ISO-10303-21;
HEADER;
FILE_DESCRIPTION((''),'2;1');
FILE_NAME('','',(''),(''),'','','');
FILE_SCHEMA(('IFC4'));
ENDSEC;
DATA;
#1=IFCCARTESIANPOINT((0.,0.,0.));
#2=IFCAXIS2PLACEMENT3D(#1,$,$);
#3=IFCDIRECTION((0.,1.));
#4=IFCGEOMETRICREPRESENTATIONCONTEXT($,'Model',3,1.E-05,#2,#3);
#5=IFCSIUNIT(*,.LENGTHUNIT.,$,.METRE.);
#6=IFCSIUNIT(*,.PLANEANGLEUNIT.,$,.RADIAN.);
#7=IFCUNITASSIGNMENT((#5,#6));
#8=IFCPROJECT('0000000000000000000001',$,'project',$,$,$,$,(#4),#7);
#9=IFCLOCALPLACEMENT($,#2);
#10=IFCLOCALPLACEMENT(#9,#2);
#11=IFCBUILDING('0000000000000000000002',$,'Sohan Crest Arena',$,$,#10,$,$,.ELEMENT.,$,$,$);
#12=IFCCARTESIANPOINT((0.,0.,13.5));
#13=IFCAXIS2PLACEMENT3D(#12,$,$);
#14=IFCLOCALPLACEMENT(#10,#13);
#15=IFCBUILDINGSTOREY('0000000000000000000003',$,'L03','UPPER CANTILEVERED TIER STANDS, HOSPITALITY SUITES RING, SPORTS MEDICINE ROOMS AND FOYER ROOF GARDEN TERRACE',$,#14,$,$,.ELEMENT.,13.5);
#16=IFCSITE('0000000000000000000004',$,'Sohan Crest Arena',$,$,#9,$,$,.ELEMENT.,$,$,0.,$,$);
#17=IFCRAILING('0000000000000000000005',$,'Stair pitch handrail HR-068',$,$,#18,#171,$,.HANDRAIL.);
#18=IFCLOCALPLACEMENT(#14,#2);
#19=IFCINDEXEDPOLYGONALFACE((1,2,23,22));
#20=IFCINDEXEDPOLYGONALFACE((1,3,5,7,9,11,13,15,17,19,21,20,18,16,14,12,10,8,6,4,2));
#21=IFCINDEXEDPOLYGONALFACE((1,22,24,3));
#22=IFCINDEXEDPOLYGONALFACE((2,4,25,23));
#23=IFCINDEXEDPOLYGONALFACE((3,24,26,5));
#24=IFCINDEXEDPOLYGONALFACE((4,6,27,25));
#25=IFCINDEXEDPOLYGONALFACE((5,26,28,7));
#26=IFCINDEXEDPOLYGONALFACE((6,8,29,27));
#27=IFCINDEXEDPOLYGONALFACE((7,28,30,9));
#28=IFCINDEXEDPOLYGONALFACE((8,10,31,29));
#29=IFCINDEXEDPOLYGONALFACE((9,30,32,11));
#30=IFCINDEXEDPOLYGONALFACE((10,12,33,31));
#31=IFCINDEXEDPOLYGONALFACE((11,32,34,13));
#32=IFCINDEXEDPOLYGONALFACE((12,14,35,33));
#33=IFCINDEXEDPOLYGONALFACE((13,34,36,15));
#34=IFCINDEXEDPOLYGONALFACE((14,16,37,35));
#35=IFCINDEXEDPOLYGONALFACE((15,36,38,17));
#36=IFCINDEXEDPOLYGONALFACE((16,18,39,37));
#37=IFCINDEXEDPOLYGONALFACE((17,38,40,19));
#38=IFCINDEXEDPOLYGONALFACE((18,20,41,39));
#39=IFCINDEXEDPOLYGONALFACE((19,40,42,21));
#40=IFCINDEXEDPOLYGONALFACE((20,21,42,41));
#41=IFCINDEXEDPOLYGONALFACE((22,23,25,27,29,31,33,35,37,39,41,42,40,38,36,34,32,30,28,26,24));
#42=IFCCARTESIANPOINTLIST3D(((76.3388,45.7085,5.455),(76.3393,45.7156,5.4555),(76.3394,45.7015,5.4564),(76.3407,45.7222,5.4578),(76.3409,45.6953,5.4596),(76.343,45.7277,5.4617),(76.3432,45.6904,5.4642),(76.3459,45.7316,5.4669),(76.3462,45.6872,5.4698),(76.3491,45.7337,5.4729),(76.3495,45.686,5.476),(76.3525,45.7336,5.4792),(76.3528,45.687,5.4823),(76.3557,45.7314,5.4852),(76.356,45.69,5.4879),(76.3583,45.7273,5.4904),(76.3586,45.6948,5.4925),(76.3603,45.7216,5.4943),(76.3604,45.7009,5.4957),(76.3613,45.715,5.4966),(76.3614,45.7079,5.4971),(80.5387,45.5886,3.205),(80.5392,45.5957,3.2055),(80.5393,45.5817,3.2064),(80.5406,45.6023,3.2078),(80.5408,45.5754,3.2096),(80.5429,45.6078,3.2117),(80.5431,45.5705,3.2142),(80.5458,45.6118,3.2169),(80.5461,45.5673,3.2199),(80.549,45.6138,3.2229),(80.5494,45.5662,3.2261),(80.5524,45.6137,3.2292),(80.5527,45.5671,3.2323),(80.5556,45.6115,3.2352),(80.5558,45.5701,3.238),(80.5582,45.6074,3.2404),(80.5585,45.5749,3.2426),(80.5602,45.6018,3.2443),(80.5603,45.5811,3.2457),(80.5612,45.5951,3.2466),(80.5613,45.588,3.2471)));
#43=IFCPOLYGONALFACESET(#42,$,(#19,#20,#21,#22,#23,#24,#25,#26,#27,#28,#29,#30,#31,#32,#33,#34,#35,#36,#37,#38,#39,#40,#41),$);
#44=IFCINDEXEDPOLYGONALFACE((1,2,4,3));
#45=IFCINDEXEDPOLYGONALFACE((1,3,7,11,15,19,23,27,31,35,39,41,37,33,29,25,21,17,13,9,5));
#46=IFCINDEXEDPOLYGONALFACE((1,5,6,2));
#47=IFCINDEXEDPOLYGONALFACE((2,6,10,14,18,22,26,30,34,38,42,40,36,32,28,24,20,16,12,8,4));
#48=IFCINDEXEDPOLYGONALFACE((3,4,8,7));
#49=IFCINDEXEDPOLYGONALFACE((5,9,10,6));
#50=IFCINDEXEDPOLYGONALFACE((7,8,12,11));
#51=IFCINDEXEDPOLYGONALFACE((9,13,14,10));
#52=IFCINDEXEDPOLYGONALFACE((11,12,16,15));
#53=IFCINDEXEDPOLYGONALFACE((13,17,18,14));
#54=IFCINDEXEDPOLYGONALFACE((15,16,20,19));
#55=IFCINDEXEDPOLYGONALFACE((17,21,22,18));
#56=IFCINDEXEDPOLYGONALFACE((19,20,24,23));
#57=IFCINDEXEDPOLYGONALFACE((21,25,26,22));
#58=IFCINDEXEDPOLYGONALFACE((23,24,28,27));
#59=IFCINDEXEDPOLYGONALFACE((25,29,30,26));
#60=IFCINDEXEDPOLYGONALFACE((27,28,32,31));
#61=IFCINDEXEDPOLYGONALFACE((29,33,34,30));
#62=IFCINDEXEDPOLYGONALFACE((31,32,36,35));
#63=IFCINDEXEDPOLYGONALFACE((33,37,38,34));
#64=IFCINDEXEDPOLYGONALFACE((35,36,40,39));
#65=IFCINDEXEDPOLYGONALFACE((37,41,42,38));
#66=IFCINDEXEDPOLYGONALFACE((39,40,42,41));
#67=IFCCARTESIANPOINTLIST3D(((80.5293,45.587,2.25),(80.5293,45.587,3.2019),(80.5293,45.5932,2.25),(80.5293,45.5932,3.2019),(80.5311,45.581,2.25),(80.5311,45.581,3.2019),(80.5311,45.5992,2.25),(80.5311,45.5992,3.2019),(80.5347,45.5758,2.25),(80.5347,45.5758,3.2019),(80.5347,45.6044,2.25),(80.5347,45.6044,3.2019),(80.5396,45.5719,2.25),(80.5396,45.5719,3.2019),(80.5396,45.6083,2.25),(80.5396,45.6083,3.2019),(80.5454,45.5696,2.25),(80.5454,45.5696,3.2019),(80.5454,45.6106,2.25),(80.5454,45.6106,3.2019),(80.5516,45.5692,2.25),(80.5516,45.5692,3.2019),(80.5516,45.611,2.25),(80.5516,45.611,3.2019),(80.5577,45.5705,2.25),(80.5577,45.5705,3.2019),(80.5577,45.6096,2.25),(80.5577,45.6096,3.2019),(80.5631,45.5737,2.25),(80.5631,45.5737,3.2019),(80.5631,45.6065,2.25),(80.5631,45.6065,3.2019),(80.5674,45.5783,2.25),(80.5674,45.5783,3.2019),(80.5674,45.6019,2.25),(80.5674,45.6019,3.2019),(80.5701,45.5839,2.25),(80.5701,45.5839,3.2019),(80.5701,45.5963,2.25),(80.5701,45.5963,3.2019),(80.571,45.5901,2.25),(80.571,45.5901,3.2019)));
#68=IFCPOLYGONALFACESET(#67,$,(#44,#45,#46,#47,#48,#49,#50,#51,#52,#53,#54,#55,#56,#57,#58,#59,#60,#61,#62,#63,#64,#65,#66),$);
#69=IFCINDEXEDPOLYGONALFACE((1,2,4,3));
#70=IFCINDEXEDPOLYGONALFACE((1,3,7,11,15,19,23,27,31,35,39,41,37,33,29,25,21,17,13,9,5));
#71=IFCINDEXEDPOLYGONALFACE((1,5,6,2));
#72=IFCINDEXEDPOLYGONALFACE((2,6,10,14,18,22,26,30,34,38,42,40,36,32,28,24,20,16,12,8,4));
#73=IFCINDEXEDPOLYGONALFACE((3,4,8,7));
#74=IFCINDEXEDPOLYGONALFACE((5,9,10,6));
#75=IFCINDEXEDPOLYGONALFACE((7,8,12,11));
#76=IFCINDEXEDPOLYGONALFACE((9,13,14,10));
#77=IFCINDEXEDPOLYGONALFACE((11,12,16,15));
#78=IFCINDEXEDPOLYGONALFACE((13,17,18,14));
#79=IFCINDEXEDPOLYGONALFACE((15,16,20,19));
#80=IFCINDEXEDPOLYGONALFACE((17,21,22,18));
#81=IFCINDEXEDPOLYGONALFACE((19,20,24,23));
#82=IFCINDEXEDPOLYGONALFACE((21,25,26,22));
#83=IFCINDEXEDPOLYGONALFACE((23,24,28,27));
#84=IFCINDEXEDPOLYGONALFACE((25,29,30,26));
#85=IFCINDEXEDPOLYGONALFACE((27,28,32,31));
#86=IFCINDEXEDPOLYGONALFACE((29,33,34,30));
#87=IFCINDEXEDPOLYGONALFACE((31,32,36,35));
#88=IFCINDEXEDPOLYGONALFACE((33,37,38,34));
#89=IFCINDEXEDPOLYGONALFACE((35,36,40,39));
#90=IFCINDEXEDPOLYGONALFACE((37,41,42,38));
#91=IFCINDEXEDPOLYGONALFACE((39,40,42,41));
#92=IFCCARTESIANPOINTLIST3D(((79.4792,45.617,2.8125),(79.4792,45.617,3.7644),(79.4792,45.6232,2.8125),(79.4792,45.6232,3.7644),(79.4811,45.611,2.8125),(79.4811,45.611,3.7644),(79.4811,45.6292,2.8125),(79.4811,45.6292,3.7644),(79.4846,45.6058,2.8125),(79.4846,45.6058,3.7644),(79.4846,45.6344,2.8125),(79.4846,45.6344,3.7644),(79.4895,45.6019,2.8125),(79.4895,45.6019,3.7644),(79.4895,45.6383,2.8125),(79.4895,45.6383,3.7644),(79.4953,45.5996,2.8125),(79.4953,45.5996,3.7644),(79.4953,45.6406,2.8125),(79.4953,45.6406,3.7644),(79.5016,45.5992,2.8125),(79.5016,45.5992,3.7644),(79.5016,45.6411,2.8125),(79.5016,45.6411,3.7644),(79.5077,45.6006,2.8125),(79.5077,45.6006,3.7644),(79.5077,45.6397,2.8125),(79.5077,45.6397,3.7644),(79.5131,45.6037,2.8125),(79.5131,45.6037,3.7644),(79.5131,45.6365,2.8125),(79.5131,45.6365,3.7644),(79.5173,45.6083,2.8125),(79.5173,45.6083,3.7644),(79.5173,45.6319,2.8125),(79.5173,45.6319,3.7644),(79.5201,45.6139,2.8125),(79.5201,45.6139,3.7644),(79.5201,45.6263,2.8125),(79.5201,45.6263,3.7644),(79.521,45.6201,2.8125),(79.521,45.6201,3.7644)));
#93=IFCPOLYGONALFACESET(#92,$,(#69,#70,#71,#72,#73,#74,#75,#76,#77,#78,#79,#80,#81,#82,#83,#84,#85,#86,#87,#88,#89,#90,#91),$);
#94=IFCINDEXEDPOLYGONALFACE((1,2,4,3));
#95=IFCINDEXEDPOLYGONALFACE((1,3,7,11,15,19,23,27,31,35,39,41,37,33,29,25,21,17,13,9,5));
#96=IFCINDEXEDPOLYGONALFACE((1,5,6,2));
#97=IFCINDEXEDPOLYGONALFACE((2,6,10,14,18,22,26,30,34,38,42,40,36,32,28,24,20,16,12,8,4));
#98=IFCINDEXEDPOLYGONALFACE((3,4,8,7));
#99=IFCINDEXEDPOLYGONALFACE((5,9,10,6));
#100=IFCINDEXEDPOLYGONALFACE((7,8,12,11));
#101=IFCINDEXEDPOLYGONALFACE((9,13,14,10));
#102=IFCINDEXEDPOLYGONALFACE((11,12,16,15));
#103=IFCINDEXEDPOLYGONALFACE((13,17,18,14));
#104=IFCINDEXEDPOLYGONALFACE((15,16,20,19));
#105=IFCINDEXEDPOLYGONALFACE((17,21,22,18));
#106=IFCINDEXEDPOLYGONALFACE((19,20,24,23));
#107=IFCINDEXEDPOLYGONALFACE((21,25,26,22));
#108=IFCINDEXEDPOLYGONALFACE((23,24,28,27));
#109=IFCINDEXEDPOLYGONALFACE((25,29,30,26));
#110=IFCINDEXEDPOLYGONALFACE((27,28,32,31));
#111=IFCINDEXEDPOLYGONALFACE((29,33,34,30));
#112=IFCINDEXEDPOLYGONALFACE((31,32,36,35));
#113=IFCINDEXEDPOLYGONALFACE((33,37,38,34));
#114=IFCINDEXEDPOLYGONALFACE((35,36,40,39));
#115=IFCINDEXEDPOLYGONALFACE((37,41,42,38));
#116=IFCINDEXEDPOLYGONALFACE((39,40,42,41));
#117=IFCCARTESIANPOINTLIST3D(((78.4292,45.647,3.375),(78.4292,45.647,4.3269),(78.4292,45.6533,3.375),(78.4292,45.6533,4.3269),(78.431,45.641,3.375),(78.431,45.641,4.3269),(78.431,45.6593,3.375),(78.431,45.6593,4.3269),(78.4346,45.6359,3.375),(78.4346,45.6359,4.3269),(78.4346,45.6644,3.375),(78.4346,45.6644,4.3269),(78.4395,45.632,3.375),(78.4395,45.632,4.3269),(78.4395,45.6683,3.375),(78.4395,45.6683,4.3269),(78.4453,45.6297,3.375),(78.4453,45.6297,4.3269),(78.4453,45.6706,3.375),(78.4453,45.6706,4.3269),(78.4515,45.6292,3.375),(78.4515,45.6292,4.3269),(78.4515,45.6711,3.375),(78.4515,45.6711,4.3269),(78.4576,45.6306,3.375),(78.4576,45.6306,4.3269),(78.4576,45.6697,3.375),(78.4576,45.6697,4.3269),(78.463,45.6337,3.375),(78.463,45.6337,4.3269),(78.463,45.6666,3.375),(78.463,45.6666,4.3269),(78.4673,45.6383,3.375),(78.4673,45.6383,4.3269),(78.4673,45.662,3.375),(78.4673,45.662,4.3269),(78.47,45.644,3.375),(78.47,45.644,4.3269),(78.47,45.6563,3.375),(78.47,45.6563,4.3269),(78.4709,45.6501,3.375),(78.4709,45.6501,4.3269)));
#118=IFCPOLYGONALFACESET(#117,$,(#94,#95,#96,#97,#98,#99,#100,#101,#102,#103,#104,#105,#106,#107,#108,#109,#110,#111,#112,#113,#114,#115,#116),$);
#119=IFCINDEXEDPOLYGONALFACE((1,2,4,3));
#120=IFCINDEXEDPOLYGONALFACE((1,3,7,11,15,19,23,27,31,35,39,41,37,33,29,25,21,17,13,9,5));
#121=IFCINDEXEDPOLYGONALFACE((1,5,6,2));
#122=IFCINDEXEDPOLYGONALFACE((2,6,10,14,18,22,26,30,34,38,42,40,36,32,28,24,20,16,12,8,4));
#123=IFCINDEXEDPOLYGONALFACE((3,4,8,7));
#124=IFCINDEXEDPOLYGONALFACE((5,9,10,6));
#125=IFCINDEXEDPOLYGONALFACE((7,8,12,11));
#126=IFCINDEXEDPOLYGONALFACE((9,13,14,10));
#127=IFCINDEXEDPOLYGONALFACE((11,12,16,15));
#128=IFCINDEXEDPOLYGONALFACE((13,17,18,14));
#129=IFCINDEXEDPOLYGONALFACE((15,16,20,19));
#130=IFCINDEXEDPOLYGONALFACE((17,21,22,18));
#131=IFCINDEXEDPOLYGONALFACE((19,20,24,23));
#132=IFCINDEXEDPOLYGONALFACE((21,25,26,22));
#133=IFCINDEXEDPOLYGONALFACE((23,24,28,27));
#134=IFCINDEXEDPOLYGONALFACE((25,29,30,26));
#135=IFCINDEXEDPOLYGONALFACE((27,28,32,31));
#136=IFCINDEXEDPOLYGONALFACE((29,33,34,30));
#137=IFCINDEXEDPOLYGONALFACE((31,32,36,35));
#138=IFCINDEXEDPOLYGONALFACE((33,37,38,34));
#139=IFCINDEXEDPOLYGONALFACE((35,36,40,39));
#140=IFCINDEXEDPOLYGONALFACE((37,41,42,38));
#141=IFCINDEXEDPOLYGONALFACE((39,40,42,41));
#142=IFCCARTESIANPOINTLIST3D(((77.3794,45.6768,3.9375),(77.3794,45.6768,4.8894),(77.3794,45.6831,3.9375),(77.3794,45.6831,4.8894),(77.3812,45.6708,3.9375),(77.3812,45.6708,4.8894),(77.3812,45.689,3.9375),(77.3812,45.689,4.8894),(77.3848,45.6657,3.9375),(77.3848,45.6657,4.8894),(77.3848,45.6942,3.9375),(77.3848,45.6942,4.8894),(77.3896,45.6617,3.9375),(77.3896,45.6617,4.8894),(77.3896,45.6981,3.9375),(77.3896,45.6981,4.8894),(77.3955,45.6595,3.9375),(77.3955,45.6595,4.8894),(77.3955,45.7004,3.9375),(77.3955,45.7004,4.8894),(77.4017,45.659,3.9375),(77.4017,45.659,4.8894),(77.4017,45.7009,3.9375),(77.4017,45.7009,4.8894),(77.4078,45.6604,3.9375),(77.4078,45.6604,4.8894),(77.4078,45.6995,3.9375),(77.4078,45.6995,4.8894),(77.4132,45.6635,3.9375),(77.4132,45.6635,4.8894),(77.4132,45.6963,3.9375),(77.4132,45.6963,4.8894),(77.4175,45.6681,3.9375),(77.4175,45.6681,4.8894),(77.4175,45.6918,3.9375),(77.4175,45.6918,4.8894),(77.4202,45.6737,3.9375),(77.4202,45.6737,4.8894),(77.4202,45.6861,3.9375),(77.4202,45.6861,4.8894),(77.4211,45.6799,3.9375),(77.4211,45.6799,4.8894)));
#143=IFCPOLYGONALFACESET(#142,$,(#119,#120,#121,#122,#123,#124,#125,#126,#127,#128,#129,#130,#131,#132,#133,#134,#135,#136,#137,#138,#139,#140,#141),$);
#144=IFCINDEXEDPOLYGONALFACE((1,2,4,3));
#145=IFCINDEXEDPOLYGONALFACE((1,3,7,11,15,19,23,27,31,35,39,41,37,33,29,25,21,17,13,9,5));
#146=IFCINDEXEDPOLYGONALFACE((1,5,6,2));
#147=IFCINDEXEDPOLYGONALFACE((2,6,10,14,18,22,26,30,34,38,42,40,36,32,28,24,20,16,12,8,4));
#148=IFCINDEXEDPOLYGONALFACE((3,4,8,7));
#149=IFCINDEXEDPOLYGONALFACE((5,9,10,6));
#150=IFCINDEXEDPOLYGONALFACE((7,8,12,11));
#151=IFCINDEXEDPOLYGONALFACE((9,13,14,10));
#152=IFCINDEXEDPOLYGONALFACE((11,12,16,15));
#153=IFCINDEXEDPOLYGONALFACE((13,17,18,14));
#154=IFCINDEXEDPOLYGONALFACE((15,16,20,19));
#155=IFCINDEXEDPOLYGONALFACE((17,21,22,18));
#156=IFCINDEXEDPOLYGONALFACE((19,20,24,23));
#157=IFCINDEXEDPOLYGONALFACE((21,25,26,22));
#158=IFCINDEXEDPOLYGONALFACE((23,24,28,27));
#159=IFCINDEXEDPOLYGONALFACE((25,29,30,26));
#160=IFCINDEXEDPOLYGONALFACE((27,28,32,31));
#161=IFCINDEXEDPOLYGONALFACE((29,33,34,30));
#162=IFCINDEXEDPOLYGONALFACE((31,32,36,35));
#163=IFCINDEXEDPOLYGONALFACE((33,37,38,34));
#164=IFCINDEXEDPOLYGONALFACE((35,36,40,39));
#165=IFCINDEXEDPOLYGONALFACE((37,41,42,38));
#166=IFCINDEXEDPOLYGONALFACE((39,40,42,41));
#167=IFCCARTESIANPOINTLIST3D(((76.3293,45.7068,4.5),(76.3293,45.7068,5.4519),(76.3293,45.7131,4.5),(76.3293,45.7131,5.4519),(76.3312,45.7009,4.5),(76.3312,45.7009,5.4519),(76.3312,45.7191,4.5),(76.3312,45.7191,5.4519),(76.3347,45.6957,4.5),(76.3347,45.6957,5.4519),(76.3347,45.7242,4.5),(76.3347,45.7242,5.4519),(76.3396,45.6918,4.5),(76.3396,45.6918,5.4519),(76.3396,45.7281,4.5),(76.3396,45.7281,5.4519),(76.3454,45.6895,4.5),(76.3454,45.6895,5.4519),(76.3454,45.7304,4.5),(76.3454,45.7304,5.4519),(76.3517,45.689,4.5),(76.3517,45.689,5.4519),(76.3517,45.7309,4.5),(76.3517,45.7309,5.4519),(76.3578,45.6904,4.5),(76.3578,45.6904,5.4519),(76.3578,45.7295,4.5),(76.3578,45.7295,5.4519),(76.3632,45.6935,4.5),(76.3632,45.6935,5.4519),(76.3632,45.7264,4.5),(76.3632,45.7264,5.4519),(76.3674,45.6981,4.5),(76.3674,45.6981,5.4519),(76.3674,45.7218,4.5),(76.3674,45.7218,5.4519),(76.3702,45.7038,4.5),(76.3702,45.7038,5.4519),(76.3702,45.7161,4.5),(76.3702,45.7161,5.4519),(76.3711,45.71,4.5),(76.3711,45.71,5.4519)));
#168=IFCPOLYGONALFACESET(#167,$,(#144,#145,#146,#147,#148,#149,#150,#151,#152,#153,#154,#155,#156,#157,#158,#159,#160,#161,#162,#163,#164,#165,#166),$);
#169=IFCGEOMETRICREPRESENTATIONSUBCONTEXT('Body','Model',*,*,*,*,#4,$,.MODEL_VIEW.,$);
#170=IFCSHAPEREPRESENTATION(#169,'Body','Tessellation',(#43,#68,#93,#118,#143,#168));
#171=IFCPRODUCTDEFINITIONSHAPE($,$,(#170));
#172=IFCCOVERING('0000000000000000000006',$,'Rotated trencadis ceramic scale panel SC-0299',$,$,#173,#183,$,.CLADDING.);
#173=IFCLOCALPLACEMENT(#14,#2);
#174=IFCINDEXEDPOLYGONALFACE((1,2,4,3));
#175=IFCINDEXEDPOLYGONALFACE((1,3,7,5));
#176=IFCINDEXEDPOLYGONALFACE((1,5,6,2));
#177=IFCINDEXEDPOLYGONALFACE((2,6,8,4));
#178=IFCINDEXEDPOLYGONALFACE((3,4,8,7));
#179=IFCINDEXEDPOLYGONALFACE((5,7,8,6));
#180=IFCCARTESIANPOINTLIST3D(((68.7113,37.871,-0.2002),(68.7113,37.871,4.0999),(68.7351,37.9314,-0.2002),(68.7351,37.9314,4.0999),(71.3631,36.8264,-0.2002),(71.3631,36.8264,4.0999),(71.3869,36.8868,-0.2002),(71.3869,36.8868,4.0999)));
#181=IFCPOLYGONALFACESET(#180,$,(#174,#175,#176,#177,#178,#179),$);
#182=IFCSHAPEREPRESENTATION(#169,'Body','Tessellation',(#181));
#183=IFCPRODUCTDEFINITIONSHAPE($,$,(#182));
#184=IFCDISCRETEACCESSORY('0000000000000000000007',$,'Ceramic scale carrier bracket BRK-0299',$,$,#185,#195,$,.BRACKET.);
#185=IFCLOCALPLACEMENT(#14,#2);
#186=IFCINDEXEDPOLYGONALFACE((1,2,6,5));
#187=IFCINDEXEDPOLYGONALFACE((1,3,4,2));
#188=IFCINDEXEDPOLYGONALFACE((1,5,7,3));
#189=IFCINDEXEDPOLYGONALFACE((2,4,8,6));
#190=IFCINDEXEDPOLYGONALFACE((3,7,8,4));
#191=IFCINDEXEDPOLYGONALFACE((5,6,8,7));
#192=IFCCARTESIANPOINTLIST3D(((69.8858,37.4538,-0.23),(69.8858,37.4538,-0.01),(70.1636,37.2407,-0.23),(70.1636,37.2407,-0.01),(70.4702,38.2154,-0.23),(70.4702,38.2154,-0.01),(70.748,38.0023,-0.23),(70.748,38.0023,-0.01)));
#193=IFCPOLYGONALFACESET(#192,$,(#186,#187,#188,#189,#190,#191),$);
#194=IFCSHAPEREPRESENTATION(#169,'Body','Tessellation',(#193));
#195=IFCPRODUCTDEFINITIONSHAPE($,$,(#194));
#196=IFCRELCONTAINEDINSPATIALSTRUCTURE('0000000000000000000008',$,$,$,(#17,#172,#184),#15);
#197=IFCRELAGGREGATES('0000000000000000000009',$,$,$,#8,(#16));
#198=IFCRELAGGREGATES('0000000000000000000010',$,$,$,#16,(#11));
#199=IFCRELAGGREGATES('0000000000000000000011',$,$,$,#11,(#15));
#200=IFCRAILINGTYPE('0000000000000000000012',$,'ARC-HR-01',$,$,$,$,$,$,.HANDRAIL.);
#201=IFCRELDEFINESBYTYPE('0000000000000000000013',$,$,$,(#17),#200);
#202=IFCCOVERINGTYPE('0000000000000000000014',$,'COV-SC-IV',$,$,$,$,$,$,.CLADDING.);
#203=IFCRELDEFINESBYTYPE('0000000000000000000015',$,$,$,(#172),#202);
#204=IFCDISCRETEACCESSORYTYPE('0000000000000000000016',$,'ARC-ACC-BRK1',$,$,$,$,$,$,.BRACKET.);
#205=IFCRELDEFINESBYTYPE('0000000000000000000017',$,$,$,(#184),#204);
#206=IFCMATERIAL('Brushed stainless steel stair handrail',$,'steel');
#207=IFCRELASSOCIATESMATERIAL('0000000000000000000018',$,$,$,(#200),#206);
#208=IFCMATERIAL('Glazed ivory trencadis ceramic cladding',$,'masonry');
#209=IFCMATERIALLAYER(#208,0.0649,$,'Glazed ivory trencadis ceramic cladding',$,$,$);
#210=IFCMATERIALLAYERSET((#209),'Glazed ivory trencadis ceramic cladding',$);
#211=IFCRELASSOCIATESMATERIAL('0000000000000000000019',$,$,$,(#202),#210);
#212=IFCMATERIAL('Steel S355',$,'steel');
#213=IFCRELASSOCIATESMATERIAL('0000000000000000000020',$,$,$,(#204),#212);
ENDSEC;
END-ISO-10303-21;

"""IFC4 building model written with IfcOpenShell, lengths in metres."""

from ifc_helpers import new_model, si_unit, direction, frame, origin, origin_2d, place, context, subcontext, project, spatial, rectangle, circle, extrude, material, layer, layer_set, type_object, element, save


model = new_model("IFC4")

# Units and contexts
model_context = context("Model", 3, precision=1e-05, world=origin(), true_north=direction((0.0, 1.0)))
body_context = subcontext(model_context, "Body", "Model", "MODEL_VIEW")
ifc_project = project(units=[si_unit("LENGTHUNIT", "METRE"), si_unit("PLANEANGLEUNIT", "RADIAN")], contexts=[model_context])

# Site, building, storey
site_placement = place(None, origin())
site = spatial("IfcSite", under=ifc_project, at=site_placement, Name="Sohan Crest Arena", CompositionType="ELEMENT", RefElevation=0.0)
building_placement = place(site_placement, origin())
building = spatial("IfcBuilding", under=site, at=building_placement, Name="Sohan Crest Arena", CompositionType="ELEMENT")
storey_placement = place(building_placement, frame((0.0, 0.0, 13.5)))
storey = spatial("IfcBuildingStorey", under=building, at=storey_placement, Name="L03", Description="UPPER CANTILEVERED TIER STANDS, HOSPITALITY SUITES RING, SPORTS MEDICINE ROOMS AND FOYER ROOF GARDEN TERRACE", CompositionType="ELEMENT", Elevation=13.5)

# Shared definitions
ifc_material_1 = material(Name="Steel S355", Category="steel")

# Railing
ifc_material_2 = material(Name="Brushed stainless steel stair handrail", Category="steel")
railing_type_1 = type_object("IfcRailingType", Name="ARC-HR-01", PredefinedType="HANDRAIL", material=ifc_material_2)
railing_1_placement = place(storey_placement, frame((80.55, 45.5901, 2.25)))
element("IfcRailing", 1, at=railing_1_placement, inside=storey, type_object=railing_type_1, Name="Stair pitch handrail HR-068", PredefinedType="HANDRAIL", context=body_context, shape_type="SweptSolid", body=[
    extrude(circle(Radius=0.0239, at=origin_2d()), frame((0.0, 0.0, 0.9761), z_axis=(-0.881199, 0.025151, 0.472076), x_axis=(-0.02853, -0.999593, 0.0)), (0.0, 0.0, 1.0), 4.7661),
    extrude(circle(Radius=0.021, at=origin_2d()), origin(), (0.0, 0.0, 1.0), 0.9519),
    extrude(circle(Radius=0.021, at=origin_2d()), frame((-1.05, 0.03, 0.5625)), (0.0, 0.0, 1.0), 0.9519),
    extrude(circle(Radius=0.021, at=origin_2d()), frame((-2.1001, 0.0601, 1.125)), (0.0, 0.0, 1.0), 0.9519),
    extrude(circle(Radius=0.021, at=origin_2d()), frame((-3.1499, 0.0898, 1.6875)), (0.0, 0.0, 1.0), 0.9519),
    extrude(circle(Radius=0.021, at=origin_2d()), frame((-4.2, 0.1199, 2.25)), (0.0, 0.0, 1.0), 0.9519),
])

# Covering
ifc_material_3 = material(Name="Glazed ivory trencadis ceramic cladding", Category="masonry")
ifc_layer_1 = layer(ifc_material_3, 0.0649, Name="Glazed ivory trencadis ceramic cladding")
ifc_layer_set_1 = layer_set([ifc_layer_1], Name="Glazed ivory trencadis ceramic cladding")
covering_type = type_object("IfcCoveringType", Name="COV-SC-IV", PredefinedType="CLADDING", material=ifc_layer_set_1)
covering_placement = place(storey_placement, frame((70.0491, 37.3789, -0.2002), z_axis=(0.0, 0.0, 1.0), x_axis=(0.930418, -0.366501, 0.0)))
element("IfcCovering", 2, at=covering_placement, inside=storey, type_object=covering_type, Name="Rotated trencadis ceramic scale panel SC-0299", PredefinedType="CLADDING", context=body_context, shape_type="SweptSolid", body=[
    extrude(rectangle(XDim=2.8501, YDim=0.0649, at=origin_2d()), origin(), (0.0, 0.0, 1.0), 4.3),
])

# Discrete accessory
discrete_accessory_type = type_object("IfcDiscreteAccessoryType", Name="ARC-ACC-BRK1", PredefinedType="BRACKET", material=ifc_material_1)
discrete_accessory_placement = place(storey_placement, frame((70.3169, 37.728, -0.23), z_axis=(0.0, 0.0, 1.0), x_axis=(0.793353, -0.608761, 0.0)))
element("IfcDiscreteAccessory", 3, at=discrete_accessory_placement, inside=storey, type_object=discrete_accessory_type, Name="Ceramic scale carrier bracket BRK-0299", PredefinedType="BRACKET", context=body_context, shape_type="SweptSolid", body=[
    extrude(rectangle(XDim=0.3501, YDim=0.96, at=origin_2d()), origin(), (0.0, 0.0, 1.0), 0.22),
])

save(model, "model.ifc")
